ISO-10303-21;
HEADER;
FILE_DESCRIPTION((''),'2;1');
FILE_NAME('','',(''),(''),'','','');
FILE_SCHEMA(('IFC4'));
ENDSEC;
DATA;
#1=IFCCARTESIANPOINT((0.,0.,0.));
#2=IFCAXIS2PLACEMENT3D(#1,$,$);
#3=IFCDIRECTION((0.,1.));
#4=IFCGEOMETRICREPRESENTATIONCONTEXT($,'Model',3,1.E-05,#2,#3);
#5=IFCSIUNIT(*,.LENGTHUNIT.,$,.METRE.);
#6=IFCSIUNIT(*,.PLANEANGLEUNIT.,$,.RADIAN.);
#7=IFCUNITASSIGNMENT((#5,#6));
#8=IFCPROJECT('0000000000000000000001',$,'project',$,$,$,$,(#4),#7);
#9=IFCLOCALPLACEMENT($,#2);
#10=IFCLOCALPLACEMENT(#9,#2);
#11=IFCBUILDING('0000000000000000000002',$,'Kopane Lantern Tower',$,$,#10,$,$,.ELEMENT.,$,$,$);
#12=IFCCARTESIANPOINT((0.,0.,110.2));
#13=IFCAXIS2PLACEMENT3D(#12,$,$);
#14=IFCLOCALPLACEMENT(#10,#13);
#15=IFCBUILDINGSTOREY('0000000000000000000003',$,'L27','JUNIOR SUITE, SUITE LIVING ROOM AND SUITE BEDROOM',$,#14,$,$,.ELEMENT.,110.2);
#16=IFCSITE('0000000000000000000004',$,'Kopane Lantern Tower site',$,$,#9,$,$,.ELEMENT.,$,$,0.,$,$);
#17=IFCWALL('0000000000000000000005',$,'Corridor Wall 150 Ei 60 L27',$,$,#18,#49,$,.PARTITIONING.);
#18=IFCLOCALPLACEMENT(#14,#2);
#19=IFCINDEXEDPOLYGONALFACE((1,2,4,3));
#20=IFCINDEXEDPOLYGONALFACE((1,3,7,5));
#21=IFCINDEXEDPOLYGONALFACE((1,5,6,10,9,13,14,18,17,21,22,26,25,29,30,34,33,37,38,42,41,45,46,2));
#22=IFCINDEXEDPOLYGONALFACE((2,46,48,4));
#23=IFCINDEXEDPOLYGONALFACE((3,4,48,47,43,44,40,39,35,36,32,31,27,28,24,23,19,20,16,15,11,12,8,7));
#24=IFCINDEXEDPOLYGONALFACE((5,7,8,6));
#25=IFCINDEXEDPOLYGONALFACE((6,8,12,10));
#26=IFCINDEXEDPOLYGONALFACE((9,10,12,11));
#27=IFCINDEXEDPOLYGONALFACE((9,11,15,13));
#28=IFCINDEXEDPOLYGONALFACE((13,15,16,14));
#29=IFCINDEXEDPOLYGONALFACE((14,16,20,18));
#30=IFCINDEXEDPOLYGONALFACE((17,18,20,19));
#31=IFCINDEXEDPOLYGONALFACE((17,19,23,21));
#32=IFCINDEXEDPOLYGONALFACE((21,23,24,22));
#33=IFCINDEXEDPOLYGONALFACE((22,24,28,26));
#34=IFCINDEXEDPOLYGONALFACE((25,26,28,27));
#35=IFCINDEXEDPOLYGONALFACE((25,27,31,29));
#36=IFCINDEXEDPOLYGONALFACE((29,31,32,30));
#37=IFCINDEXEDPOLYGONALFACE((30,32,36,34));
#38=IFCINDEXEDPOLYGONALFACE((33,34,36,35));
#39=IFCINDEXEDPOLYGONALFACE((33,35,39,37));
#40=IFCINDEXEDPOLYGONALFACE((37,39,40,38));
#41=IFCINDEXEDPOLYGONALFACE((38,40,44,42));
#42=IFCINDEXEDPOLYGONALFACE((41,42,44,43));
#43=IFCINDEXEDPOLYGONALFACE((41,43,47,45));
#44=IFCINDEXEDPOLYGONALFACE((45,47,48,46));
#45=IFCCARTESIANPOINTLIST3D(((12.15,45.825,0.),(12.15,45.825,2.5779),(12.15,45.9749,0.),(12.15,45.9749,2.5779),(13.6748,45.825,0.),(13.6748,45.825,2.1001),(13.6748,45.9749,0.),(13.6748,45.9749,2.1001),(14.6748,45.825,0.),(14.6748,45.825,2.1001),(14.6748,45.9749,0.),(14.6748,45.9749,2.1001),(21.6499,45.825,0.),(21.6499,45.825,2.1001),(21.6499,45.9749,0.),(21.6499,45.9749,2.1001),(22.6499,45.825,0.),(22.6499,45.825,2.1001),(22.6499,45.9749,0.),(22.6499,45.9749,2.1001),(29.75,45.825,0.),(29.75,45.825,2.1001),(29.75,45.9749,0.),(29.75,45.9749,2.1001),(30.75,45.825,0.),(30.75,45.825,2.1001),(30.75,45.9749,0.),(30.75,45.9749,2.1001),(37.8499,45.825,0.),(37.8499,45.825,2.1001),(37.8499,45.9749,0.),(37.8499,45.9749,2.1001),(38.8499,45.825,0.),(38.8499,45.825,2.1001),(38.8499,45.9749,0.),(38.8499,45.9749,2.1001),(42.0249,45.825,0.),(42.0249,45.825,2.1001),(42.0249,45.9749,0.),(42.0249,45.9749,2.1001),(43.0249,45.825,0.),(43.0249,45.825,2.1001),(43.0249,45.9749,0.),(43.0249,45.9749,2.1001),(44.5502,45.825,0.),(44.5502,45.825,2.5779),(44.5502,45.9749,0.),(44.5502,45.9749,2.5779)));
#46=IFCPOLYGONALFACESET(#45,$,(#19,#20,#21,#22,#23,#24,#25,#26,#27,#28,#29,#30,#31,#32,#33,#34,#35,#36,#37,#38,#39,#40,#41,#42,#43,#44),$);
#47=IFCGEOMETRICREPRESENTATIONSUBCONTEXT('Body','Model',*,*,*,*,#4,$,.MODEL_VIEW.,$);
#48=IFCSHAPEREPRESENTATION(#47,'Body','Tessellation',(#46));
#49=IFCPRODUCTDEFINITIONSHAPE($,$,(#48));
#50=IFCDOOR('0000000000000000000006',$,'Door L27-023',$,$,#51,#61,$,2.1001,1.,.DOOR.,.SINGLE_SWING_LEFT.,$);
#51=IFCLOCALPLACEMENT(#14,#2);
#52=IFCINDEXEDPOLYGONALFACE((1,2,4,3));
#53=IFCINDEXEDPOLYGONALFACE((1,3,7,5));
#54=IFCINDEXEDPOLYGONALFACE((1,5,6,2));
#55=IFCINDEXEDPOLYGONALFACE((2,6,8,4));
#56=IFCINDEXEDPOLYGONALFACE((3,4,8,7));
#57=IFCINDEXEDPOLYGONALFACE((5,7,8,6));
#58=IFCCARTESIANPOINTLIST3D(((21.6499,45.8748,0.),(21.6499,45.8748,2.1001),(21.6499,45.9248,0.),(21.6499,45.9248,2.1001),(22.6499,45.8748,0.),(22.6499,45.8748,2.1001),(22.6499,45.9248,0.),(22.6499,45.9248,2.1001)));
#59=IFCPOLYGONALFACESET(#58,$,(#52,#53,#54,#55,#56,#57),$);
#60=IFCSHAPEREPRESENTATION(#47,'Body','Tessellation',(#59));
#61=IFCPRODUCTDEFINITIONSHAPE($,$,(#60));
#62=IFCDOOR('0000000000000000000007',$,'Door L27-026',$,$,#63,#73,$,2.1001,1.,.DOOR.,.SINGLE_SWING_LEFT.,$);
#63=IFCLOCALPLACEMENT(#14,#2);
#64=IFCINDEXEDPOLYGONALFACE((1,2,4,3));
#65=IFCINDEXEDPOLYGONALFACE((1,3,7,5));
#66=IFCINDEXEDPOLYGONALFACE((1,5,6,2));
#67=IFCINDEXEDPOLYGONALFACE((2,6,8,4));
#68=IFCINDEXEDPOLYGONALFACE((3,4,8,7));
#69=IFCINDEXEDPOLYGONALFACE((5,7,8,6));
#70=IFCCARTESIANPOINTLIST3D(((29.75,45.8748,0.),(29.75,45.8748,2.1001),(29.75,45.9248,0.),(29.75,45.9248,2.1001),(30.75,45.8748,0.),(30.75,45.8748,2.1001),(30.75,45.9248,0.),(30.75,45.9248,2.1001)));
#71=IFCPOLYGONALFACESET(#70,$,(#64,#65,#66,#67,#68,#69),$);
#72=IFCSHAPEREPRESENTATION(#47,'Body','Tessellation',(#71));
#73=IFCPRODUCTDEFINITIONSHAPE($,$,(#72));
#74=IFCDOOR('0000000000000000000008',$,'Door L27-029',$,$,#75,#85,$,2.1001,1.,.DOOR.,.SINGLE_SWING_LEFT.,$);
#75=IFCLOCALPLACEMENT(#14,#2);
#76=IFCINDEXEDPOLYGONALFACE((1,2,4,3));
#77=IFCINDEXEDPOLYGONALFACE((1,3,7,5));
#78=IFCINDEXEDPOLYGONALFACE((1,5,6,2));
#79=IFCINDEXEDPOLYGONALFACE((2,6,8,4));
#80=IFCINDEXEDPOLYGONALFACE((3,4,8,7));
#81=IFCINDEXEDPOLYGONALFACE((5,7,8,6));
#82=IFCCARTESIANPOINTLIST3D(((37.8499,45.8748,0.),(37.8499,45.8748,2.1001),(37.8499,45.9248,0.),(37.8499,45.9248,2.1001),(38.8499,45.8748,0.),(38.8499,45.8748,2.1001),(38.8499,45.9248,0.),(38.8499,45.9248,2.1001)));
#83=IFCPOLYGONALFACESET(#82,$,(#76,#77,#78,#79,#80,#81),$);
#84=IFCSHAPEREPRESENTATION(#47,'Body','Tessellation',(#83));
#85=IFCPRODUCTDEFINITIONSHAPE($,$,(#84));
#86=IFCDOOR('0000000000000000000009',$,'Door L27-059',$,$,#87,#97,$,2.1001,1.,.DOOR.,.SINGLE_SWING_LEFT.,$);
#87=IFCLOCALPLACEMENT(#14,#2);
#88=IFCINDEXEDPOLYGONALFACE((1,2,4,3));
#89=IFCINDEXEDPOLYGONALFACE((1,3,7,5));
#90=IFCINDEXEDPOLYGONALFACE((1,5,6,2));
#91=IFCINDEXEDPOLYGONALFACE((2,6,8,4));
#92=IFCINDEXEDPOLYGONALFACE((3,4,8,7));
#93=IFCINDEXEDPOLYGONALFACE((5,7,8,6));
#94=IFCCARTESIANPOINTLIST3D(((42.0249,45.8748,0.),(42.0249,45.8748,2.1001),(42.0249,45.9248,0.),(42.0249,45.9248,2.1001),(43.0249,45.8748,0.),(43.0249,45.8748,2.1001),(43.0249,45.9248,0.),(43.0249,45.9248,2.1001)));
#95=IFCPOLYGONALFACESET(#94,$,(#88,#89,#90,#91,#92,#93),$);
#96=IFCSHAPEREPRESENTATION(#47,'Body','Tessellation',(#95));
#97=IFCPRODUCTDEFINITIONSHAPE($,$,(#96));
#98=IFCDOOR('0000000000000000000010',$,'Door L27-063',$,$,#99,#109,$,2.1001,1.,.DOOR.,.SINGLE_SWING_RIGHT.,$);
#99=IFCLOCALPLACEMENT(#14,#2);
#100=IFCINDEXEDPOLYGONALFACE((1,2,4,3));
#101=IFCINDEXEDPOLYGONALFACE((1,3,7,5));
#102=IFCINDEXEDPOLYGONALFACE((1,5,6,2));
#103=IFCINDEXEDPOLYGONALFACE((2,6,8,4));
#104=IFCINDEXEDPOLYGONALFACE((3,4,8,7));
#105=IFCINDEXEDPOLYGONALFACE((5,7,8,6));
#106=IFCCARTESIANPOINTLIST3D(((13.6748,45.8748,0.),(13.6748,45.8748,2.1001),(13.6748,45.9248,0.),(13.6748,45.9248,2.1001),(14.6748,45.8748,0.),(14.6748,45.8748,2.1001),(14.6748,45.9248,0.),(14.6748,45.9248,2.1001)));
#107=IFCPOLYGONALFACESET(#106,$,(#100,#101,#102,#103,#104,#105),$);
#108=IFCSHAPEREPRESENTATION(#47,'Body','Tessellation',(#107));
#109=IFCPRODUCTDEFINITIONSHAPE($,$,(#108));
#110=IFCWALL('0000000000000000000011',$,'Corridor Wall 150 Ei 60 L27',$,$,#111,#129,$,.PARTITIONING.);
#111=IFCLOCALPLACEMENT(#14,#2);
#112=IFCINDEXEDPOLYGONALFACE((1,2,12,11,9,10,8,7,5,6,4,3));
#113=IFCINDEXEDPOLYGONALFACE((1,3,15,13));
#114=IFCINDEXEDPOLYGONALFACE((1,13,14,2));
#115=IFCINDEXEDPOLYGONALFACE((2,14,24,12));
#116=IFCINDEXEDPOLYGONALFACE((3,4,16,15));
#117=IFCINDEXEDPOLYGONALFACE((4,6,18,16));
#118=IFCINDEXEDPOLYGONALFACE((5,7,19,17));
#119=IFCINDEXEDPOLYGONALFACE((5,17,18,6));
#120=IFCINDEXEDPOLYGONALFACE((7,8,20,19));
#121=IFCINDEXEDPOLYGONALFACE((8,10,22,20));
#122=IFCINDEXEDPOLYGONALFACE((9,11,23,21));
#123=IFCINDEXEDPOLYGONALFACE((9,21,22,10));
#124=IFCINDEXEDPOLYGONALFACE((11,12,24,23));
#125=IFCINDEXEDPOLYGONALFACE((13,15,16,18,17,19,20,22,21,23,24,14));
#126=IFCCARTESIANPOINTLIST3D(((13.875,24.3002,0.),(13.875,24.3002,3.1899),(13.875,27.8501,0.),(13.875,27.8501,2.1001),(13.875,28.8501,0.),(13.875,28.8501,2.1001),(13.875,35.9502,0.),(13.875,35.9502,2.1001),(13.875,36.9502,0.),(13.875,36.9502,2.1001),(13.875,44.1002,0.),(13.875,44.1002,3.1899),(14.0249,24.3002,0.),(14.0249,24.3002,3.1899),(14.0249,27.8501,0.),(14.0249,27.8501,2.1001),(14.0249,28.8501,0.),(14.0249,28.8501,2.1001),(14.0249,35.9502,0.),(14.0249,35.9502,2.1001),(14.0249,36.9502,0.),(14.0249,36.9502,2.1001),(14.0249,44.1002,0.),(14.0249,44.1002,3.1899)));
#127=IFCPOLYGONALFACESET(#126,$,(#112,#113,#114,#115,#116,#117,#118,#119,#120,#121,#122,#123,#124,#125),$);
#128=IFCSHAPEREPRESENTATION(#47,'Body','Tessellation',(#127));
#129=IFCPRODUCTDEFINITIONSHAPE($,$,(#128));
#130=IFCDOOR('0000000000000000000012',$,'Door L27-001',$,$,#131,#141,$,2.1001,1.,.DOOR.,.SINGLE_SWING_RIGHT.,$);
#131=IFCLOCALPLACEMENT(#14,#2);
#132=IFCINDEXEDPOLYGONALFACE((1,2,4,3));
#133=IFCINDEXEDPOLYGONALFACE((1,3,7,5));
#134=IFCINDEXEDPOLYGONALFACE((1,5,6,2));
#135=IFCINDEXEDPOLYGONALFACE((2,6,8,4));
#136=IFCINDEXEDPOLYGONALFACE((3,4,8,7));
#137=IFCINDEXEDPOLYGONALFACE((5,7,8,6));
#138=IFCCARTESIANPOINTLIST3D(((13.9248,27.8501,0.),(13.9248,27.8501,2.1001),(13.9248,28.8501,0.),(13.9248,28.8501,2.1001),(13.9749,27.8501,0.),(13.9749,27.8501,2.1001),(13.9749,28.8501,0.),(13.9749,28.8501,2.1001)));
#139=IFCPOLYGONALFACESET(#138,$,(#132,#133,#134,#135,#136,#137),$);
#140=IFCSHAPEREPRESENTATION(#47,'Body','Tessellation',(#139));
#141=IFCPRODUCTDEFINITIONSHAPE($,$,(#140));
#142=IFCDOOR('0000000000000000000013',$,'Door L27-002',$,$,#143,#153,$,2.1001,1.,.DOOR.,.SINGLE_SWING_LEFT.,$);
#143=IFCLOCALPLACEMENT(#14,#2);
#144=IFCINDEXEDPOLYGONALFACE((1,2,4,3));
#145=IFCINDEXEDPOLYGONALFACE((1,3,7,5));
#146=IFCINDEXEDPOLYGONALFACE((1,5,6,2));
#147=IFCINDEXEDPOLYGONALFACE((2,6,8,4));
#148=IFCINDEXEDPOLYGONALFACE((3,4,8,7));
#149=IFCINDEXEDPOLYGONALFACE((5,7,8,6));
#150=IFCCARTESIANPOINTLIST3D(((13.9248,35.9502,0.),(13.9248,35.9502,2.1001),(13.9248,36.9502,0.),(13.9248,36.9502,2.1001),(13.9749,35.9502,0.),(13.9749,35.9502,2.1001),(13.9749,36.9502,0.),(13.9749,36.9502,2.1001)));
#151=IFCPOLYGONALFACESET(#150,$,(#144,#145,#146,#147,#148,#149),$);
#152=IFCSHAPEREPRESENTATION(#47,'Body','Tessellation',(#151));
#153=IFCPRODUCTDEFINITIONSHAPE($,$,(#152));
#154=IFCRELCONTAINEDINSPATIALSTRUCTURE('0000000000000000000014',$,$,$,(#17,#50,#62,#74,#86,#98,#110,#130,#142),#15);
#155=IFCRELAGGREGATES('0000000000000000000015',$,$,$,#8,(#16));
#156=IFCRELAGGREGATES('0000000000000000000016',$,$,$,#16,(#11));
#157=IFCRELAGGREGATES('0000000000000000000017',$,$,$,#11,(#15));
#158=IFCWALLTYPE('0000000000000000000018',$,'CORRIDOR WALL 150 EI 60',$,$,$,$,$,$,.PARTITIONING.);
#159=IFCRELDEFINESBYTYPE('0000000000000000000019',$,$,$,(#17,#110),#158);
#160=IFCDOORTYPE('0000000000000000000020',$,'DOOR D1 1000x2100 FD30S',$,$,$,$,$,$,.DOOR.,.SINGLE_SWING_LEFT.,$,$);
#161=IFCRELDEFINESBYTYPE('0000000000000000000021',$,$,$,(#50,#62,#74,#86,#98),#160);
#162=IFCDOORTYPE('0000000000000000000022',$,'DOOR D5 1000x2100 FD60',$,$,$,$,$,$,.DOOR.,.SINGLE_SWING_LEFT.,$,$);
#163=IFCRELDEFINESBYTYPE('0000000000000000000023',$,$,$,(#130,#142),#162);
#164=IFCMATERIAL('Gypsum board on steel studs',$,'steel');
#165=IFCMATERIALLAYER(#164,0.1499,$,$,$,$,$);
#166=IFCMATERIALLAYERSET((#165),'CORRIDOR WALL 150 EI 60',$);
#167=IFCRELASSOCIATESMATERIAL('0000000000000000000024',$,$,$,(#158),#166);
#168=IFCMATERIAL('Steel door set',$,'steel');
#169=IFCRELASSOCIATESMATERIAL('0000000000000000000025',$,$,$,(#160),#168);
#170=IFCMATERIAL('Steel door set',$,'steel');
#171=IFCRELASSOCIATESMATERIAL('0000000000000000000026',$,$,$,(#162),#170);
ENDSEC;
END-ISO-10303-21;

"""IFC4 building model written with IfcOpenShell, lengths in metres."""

from ifc_helpers import new_model, si_unit, direction, frame, frame_2d, origin, place, context, subcontext, project, spatial, rectangle, extrude, material, layer, layer_set, type_object, element, fill, save


model = new_model("IFC4")

# Units and contexts
model_context = context("Model", 3, precision=1e-05, world=origin(), true_north=direction((0.0, 1.0)))
body_context = subcontext(model_context, "Body", "Model", "MODEL_VIEW")
ifc_project = project(units=[si_unit("LENGTHUNIT", "METRE"), si_unit("PLANEANGLEUNIT", "RADIAN")], contexts=[model_context])

# Site, building, storey
site_placement = place(None, origin())
site = spatial("IfcSite", under=ifc_project, at=site_placement, Name="Kopane Lantern Tower site", CompositionType="ELEMENT", RefElevation=0.0)
building_placement = place(site_placement, origin())
building = spatial("IfcBuilding", under=site, at=building_placement, Name="Kopane Lantern Tower", CompositionType="ELEMENT")
storey_placement = place(building_placement, frame((0.0, 0.0, 110.2)))
storey = spatial("IfcBuildingStorey", under=building, at=storey_placement, Name="L27", Description="JUNIOR SUITE, SUITE LIVING ROOM AND SUITE BEDROOM", CompositionType="ELEMENT", Elevation=110.2)

# Walls, openings, doors
ifc_material_1 = material(Name="Gypsum board on steel studs", Category="steel")
ifc_layer_1 = layer(ifc_material_1, 0.1499)
ifc_layer_set_1 = layer_set([ifc_layer_1], Name="CORRIDOR WALL 150 EI 60")
wall_type_1 = type_object("IfcWallType", Name="CORRIDOR WALL 150 EI 60", PredefinedType="PARTITIONING", material=ifc_layer_set_1)
wall_1_placement = place(storey_placement, frame((12.1499, 45.8999, 0.0), z_axis=(0.0, 0.0, 1.0), x_axis=(1.0, 0.0, 0.0)))
wall_1 = element("IfcWall", 1, at=wall_1_placement, inside=storey, type_object=wall_type_1, Name="Corridor Wall 150 Ei 60 L27", PredefinedType="PARTITIONING", context=body_context, shape_type="SweptSolid", body=[
    extrude(rectangle(XDim=32.4001, YDim=0.1499, at=frame_2d((16.2002, 0.0))), origin(), (0.0, 0.0, 1.0), 2.5779),
])
opening_1_placement = place(wall_1_placement, frame((9.5, 0.0, 0.0)))
opening_1 = element("IfcOpeningElement", 2, at=opening_1_placement, cuts=wall_1, PredefinedType="OPENING", context=body_context, shape_type="SweptSolid", body=[
    extrude(rectangle(XDim=1.0, YDim=2.1001, at=frame_2d((0.5, 1.05))), frame((0.0, 0.085, 0.0), z_axis=(0.0, -1.0, 0.0), x_axis=(1.0, 0.0, 0.0)), (0.0, 0.0, 1.0), 0.1699),
])
opening_2_placement = place(wall_1_placement, frame((17.6001, 0.0, 0.0)))
opening_2 = element("IfcOpeningElement", 3, at=opening_2_placement, cuts=wall_1, PredefinedType="OPENING", context=body_context, shape_type="SweptSolid", body=[
    extrude(rectangle(XDim=1.0, YDim=2.1001, at=frame_2d((0.5, 1.05))), frame((0.0, 0.085, 0.0), z_axis=(0.0, -1.0, 0.0), x_axis=(1.0, 0.0, 0.0)), (0.0, 0.0, 1.0), 0.1699),
])
opening_3_placement = place(wall_1_placement, frame((25.7, 0.0, 0.0)))
opening_3 = element("IfcOpeningElement", 4, at=opening_3_placement, cuts=wall_1, PredefinedType="OPENING", context=body_context, shape_type="SweptSolid", body=[
    extrude(rectangle(XDim=1.0, YDim=2.1001, at=frame_2d((0.5, 1.05))), frame((0.0, 0.085, 0.0), z_axis=(0.0, -1.0, 0.0), x_axis=(1.0, 0.0, 0.0)), (0.0, 0.0, 1.0), 0.1699),
])
opening_4_placement = place(wall_1_placement, frame((29.875, 0.0, 0.0)))
opening_4 = element("IfcOpeningElement", 5, at=opening_4_placement, cuts=wall_1, PredefinedType="OPENING", context=body_context, shape_type="SweptSolid", body=[
    extrude(rectangle(XDim=1.0, YDim=2.1001, at=frame_2d((0.5, 1.05))), frame((0.0, 0.085, 0.0), z_axis=(0.0, -1.0, 0.0), x_axis=(1.0, 0.0, 0.0)), (0.0, 0.0, 1.0), 0.1699),
])
opening_5_placement = place(wall_1_placement, frame((1.5249, 0.0, 0.0)))
opening_5 = element("IfcOpeningElement", 6, at=opening_5_placement, cuts=wall_1, PredefinedType="OPENING", context=body_context, shape_type="SweptSolid", body=[
    extrude(rectangle(XDim=1.0, YDim=2.1001, at=frame_2d((0.5, 1.05))), frame((0.0, 0.085, 0.0), z_axis=(0.0, -1.0, 0.0), x_axis=(1.0, 0.0, 0.0)), (0.0, 0.0, 1.0), 0.1699),
])
ifc_material_2 = material(Name="Steel door set", Category="steel")
door_type_1 = type_object("IfcDoorType", Name="DOOR D1 1000x2100 FD30S", OperationType="SINGLE_SWING_LEFT", PredefinedType="DOOR", material=ifc_material_2)
door_1_placement = place(opening_1_placement, origin())
door_1 = element("IfcDoor", 7, at=door_1_placement, inside=storey, type_object=door_type_1, Name="Door L27-023", OperationType="SINGLE_SWING_LEFT", OverallHeight=2.1001, OverallWidth=1.0, PredefinedType="DOOR", context=body_context, shape_type="SweptSolid", body=[
    extrude(rectangle(XDim=1.0, YDim=2.1001, at=frame_2d((0.5, 1.05))), frame((0.0, 0.0249, 0.0), z_axis=(0.0, -1.0, 0.0), x_axis=(1.0, 0.0, 0.0)), (0.0, 0.0, 1.0), 0.05),
])
fill(opening_1, door_1)
door_2_placement = place(opening_2_placement, origin())
door_2 = element("IfcDoor", 8, at=door_2_placement, inside=storey, type_object=door_type_1, Name="Door L27-026", OperationType="SINGLE_SWING_LEFT", OverallHeight=2.1001, OverallWidth=1.0, PredefinedType="DOOR", context=body_context, shape_type="SweptSolid", body=[
    extrude(rectangle(XDim=1.0, YDim=2.1001, at=frame_2d((0.5, 1.05))), frame((0.0, 0.0249, 0.0), z_axis=(0.0, -1.0, 0.0), x_axis=(1.0, 0.0, 0.0)), (0.0, 0.0, 1.0), 0.05),
])
fill(opening_2, door_2)
door_3_placement = place(opening_3_placement, origin())
door_3 = element("IfcDoor", 9, at=door_3_placement, inside=storey, type_object=door_type_1, Name="Door L27-029", OperationType="SINGLE_SWING_LEFT", OverallHeight=2.1001, OverallWidth=1.0, PredefinedType="DOOR", context=body_context, shape_type="SweptSolid", body=[
    extrude(rectangle(XDim=1.0, YDim=2.1001, at=frame_2d((0.5, 1.05))), frame((0.0, 0.0249, 0.0), z_axis=(0.0, -1.0, 0.0), x_axis=(1.0, 0.0, 0.0)), (0.0, 0.0, 1.0), 0.05),
])
fill(opening_3, door_3)
door_4_placement = place(opening_4_placement, origin())
door_4 = element("IfcDoor", 10, at=door_4_placement, inside=storey, type_object=door_type_1, Name="Door L27-059", OperationType="SINGLE_SWING_LEFT", OverallHeight=2.1001, OverallWidth=1.0, PredefinedType="DOOR", context=body_context, shape_type="SweptSolid", body=[
    extrude(rectangle(XDim=1.0, YDim=2.1001, at=frame_2d((0.5, 1.05))), frame((0.0, 0.0249, 0.0), z_axis=(0.0, -1.0, 0.0), x_axis=(1.0, 0.0, 0.0)), (0.0, 0.0, 1.0), 0.05),
])
fill(opening_4, door_4)
door_5_placement = place(opening_5_placement, origin())
door_5 = element("IfcDoor", 11, at=door_5_placement, inside=storey, type_object=door_type_1, Name="Door L27-063", OperationType="SINGLE_SWING_RIGHT", OverallHeight=2.1001, OverallWidth=1.0, PredefinedType="DOOR", context=body_context, shape_type="SweptSolid", body=[
    extrude(rectangle(XDim=1.0, YDim=2.1001, at=frame_2d((0.5, 1.05))), frame((0.0, 0.0249, 0.0), z_axis=(0.0, -1.0, 0.0), x_axis=(1.0, 0.0, 0.0)), (0.0, 0.0, 1.0), 0.05),
])
fill(opening_5, door_5)
wall_2_placement = place(storey_placement, frame((13.95, 44.1001, 0.0), z_axis=(0.0, 0.0, 1.0), x_axis=(0.0, -1.0, 0.0)))
wall_2 = element("IfcWall", 12, at=wall_2_placement, inside=storey, type_object=wall_type_1, Name="Corridor Wall 150 Ei 60 L27", PredefinedType="PARTITIONING", context=body_context, shape_type="SweptSolid", body=[
    extrude(rectangle(XDim=19.8, YDim=0.1499, at=frame_2d((9.8999, 0.0))), origin(), (0.0, 0.0, 1.0), 3.1899),
])
opening_6_placement = place(wall_2_placement, frame((15.25, 0.0, 0.0)))
opening_6 = element("IfcOpeningElement", 13, at=opening_6_placement, cuts=wall_2, PredefinedType="OPENING", context=body_context, shape_type="SweptSolid", body=[
    extrude(rectangle(XDim=1.0, YDim=2.1001, at=frame_2d((0.5, 1.05))), frame((0.0, 0.085, 0.0), z_axis=(0.0, -1.0, 0.0), x_axis=(1.0, 0.0, 0.0)), (0.0, 0.0, 1.0), 0.1699),
])
opening_7_placement = place(wall_2_placement, frame((7.1499, 0.0, 0.0)))
opening_7 = element("IfcOpeningElement", 14, at=opening_7_placement, cuts=wall_2, PredefinedType="OPENING", context=body_context, shape_type="SweptSolid", body=[
    extrude(rectangle(XDim=1.0, YDim=2.1001, at=frame_2d((0.5, 1.05))), frame((0.0, 0.085, 0.0), z_axis=(0.0, -1.0, 0.0), x_axis=(1.0, 0.0, 0.0)), (0.0, 0.0, 1.0), 0.1699),
])
ifc_material_3 = material(Name="Steel door set", Category="steel")
door_type_2 = type_object("IfcDoorType", Name="DOOR D5 1000x2100 FD60", OperationType="SINGLE_SWING_LEFT", PredefinedType="DOOR", material=ifc_material_3)
door_6_placement = place(opening_6_placement, origin())
door_6 = element("IfcDoor", 15, at=door_6_placement, inside=storey, type_object=door_type_2, Name="Door L27-001", OperationType="SINGLE_SWING_RIGHT", OverallHeight=2.1001, OverallWidth=1.0, PredefinedType="DOOR", context=body_context, shape_type="SweptSolid", body=[
    extrude(rectangle(XDim=1.0, YDim=2.1001, at=frame_2d((0.5, 1.05))), frame((0.0, 0.0249, 0.0), z_axis=(0.0, -1.0, 0.0), x_axis=(1.0, 0.0, 0.0)), (0.0, 0.0, 1.0), 0.05),
])
fill(opening_6, door_6)
door_7_placement = place(opening_7_placement, origin())
door_7 = element("IfcDoor", 16, at=door_7_placement, inside=storey, type_object=door_type_2, Name="Door L27-002", OperationType="SINGLE_SWING_LEFT", OverallHeight=2.1001, OverallWidth=1.0, PredefinedType="DOOR", context=body_context, shape_type="SweptSolid", body=[
    extrude(rectangle(XDim=1.0, YDim=2.1001, at=frame_2d((0.5, 1.05))), frame((0.0, 0.0249, 0.0), z_axis=(0.0, -1.0, 0.0), x_axis=(1.0, 0.0, 0.0)), (0.0, 0.0, 1.0), 0.05),
])
fill(opening_7, door_7)

save(model, "model.ifc")
